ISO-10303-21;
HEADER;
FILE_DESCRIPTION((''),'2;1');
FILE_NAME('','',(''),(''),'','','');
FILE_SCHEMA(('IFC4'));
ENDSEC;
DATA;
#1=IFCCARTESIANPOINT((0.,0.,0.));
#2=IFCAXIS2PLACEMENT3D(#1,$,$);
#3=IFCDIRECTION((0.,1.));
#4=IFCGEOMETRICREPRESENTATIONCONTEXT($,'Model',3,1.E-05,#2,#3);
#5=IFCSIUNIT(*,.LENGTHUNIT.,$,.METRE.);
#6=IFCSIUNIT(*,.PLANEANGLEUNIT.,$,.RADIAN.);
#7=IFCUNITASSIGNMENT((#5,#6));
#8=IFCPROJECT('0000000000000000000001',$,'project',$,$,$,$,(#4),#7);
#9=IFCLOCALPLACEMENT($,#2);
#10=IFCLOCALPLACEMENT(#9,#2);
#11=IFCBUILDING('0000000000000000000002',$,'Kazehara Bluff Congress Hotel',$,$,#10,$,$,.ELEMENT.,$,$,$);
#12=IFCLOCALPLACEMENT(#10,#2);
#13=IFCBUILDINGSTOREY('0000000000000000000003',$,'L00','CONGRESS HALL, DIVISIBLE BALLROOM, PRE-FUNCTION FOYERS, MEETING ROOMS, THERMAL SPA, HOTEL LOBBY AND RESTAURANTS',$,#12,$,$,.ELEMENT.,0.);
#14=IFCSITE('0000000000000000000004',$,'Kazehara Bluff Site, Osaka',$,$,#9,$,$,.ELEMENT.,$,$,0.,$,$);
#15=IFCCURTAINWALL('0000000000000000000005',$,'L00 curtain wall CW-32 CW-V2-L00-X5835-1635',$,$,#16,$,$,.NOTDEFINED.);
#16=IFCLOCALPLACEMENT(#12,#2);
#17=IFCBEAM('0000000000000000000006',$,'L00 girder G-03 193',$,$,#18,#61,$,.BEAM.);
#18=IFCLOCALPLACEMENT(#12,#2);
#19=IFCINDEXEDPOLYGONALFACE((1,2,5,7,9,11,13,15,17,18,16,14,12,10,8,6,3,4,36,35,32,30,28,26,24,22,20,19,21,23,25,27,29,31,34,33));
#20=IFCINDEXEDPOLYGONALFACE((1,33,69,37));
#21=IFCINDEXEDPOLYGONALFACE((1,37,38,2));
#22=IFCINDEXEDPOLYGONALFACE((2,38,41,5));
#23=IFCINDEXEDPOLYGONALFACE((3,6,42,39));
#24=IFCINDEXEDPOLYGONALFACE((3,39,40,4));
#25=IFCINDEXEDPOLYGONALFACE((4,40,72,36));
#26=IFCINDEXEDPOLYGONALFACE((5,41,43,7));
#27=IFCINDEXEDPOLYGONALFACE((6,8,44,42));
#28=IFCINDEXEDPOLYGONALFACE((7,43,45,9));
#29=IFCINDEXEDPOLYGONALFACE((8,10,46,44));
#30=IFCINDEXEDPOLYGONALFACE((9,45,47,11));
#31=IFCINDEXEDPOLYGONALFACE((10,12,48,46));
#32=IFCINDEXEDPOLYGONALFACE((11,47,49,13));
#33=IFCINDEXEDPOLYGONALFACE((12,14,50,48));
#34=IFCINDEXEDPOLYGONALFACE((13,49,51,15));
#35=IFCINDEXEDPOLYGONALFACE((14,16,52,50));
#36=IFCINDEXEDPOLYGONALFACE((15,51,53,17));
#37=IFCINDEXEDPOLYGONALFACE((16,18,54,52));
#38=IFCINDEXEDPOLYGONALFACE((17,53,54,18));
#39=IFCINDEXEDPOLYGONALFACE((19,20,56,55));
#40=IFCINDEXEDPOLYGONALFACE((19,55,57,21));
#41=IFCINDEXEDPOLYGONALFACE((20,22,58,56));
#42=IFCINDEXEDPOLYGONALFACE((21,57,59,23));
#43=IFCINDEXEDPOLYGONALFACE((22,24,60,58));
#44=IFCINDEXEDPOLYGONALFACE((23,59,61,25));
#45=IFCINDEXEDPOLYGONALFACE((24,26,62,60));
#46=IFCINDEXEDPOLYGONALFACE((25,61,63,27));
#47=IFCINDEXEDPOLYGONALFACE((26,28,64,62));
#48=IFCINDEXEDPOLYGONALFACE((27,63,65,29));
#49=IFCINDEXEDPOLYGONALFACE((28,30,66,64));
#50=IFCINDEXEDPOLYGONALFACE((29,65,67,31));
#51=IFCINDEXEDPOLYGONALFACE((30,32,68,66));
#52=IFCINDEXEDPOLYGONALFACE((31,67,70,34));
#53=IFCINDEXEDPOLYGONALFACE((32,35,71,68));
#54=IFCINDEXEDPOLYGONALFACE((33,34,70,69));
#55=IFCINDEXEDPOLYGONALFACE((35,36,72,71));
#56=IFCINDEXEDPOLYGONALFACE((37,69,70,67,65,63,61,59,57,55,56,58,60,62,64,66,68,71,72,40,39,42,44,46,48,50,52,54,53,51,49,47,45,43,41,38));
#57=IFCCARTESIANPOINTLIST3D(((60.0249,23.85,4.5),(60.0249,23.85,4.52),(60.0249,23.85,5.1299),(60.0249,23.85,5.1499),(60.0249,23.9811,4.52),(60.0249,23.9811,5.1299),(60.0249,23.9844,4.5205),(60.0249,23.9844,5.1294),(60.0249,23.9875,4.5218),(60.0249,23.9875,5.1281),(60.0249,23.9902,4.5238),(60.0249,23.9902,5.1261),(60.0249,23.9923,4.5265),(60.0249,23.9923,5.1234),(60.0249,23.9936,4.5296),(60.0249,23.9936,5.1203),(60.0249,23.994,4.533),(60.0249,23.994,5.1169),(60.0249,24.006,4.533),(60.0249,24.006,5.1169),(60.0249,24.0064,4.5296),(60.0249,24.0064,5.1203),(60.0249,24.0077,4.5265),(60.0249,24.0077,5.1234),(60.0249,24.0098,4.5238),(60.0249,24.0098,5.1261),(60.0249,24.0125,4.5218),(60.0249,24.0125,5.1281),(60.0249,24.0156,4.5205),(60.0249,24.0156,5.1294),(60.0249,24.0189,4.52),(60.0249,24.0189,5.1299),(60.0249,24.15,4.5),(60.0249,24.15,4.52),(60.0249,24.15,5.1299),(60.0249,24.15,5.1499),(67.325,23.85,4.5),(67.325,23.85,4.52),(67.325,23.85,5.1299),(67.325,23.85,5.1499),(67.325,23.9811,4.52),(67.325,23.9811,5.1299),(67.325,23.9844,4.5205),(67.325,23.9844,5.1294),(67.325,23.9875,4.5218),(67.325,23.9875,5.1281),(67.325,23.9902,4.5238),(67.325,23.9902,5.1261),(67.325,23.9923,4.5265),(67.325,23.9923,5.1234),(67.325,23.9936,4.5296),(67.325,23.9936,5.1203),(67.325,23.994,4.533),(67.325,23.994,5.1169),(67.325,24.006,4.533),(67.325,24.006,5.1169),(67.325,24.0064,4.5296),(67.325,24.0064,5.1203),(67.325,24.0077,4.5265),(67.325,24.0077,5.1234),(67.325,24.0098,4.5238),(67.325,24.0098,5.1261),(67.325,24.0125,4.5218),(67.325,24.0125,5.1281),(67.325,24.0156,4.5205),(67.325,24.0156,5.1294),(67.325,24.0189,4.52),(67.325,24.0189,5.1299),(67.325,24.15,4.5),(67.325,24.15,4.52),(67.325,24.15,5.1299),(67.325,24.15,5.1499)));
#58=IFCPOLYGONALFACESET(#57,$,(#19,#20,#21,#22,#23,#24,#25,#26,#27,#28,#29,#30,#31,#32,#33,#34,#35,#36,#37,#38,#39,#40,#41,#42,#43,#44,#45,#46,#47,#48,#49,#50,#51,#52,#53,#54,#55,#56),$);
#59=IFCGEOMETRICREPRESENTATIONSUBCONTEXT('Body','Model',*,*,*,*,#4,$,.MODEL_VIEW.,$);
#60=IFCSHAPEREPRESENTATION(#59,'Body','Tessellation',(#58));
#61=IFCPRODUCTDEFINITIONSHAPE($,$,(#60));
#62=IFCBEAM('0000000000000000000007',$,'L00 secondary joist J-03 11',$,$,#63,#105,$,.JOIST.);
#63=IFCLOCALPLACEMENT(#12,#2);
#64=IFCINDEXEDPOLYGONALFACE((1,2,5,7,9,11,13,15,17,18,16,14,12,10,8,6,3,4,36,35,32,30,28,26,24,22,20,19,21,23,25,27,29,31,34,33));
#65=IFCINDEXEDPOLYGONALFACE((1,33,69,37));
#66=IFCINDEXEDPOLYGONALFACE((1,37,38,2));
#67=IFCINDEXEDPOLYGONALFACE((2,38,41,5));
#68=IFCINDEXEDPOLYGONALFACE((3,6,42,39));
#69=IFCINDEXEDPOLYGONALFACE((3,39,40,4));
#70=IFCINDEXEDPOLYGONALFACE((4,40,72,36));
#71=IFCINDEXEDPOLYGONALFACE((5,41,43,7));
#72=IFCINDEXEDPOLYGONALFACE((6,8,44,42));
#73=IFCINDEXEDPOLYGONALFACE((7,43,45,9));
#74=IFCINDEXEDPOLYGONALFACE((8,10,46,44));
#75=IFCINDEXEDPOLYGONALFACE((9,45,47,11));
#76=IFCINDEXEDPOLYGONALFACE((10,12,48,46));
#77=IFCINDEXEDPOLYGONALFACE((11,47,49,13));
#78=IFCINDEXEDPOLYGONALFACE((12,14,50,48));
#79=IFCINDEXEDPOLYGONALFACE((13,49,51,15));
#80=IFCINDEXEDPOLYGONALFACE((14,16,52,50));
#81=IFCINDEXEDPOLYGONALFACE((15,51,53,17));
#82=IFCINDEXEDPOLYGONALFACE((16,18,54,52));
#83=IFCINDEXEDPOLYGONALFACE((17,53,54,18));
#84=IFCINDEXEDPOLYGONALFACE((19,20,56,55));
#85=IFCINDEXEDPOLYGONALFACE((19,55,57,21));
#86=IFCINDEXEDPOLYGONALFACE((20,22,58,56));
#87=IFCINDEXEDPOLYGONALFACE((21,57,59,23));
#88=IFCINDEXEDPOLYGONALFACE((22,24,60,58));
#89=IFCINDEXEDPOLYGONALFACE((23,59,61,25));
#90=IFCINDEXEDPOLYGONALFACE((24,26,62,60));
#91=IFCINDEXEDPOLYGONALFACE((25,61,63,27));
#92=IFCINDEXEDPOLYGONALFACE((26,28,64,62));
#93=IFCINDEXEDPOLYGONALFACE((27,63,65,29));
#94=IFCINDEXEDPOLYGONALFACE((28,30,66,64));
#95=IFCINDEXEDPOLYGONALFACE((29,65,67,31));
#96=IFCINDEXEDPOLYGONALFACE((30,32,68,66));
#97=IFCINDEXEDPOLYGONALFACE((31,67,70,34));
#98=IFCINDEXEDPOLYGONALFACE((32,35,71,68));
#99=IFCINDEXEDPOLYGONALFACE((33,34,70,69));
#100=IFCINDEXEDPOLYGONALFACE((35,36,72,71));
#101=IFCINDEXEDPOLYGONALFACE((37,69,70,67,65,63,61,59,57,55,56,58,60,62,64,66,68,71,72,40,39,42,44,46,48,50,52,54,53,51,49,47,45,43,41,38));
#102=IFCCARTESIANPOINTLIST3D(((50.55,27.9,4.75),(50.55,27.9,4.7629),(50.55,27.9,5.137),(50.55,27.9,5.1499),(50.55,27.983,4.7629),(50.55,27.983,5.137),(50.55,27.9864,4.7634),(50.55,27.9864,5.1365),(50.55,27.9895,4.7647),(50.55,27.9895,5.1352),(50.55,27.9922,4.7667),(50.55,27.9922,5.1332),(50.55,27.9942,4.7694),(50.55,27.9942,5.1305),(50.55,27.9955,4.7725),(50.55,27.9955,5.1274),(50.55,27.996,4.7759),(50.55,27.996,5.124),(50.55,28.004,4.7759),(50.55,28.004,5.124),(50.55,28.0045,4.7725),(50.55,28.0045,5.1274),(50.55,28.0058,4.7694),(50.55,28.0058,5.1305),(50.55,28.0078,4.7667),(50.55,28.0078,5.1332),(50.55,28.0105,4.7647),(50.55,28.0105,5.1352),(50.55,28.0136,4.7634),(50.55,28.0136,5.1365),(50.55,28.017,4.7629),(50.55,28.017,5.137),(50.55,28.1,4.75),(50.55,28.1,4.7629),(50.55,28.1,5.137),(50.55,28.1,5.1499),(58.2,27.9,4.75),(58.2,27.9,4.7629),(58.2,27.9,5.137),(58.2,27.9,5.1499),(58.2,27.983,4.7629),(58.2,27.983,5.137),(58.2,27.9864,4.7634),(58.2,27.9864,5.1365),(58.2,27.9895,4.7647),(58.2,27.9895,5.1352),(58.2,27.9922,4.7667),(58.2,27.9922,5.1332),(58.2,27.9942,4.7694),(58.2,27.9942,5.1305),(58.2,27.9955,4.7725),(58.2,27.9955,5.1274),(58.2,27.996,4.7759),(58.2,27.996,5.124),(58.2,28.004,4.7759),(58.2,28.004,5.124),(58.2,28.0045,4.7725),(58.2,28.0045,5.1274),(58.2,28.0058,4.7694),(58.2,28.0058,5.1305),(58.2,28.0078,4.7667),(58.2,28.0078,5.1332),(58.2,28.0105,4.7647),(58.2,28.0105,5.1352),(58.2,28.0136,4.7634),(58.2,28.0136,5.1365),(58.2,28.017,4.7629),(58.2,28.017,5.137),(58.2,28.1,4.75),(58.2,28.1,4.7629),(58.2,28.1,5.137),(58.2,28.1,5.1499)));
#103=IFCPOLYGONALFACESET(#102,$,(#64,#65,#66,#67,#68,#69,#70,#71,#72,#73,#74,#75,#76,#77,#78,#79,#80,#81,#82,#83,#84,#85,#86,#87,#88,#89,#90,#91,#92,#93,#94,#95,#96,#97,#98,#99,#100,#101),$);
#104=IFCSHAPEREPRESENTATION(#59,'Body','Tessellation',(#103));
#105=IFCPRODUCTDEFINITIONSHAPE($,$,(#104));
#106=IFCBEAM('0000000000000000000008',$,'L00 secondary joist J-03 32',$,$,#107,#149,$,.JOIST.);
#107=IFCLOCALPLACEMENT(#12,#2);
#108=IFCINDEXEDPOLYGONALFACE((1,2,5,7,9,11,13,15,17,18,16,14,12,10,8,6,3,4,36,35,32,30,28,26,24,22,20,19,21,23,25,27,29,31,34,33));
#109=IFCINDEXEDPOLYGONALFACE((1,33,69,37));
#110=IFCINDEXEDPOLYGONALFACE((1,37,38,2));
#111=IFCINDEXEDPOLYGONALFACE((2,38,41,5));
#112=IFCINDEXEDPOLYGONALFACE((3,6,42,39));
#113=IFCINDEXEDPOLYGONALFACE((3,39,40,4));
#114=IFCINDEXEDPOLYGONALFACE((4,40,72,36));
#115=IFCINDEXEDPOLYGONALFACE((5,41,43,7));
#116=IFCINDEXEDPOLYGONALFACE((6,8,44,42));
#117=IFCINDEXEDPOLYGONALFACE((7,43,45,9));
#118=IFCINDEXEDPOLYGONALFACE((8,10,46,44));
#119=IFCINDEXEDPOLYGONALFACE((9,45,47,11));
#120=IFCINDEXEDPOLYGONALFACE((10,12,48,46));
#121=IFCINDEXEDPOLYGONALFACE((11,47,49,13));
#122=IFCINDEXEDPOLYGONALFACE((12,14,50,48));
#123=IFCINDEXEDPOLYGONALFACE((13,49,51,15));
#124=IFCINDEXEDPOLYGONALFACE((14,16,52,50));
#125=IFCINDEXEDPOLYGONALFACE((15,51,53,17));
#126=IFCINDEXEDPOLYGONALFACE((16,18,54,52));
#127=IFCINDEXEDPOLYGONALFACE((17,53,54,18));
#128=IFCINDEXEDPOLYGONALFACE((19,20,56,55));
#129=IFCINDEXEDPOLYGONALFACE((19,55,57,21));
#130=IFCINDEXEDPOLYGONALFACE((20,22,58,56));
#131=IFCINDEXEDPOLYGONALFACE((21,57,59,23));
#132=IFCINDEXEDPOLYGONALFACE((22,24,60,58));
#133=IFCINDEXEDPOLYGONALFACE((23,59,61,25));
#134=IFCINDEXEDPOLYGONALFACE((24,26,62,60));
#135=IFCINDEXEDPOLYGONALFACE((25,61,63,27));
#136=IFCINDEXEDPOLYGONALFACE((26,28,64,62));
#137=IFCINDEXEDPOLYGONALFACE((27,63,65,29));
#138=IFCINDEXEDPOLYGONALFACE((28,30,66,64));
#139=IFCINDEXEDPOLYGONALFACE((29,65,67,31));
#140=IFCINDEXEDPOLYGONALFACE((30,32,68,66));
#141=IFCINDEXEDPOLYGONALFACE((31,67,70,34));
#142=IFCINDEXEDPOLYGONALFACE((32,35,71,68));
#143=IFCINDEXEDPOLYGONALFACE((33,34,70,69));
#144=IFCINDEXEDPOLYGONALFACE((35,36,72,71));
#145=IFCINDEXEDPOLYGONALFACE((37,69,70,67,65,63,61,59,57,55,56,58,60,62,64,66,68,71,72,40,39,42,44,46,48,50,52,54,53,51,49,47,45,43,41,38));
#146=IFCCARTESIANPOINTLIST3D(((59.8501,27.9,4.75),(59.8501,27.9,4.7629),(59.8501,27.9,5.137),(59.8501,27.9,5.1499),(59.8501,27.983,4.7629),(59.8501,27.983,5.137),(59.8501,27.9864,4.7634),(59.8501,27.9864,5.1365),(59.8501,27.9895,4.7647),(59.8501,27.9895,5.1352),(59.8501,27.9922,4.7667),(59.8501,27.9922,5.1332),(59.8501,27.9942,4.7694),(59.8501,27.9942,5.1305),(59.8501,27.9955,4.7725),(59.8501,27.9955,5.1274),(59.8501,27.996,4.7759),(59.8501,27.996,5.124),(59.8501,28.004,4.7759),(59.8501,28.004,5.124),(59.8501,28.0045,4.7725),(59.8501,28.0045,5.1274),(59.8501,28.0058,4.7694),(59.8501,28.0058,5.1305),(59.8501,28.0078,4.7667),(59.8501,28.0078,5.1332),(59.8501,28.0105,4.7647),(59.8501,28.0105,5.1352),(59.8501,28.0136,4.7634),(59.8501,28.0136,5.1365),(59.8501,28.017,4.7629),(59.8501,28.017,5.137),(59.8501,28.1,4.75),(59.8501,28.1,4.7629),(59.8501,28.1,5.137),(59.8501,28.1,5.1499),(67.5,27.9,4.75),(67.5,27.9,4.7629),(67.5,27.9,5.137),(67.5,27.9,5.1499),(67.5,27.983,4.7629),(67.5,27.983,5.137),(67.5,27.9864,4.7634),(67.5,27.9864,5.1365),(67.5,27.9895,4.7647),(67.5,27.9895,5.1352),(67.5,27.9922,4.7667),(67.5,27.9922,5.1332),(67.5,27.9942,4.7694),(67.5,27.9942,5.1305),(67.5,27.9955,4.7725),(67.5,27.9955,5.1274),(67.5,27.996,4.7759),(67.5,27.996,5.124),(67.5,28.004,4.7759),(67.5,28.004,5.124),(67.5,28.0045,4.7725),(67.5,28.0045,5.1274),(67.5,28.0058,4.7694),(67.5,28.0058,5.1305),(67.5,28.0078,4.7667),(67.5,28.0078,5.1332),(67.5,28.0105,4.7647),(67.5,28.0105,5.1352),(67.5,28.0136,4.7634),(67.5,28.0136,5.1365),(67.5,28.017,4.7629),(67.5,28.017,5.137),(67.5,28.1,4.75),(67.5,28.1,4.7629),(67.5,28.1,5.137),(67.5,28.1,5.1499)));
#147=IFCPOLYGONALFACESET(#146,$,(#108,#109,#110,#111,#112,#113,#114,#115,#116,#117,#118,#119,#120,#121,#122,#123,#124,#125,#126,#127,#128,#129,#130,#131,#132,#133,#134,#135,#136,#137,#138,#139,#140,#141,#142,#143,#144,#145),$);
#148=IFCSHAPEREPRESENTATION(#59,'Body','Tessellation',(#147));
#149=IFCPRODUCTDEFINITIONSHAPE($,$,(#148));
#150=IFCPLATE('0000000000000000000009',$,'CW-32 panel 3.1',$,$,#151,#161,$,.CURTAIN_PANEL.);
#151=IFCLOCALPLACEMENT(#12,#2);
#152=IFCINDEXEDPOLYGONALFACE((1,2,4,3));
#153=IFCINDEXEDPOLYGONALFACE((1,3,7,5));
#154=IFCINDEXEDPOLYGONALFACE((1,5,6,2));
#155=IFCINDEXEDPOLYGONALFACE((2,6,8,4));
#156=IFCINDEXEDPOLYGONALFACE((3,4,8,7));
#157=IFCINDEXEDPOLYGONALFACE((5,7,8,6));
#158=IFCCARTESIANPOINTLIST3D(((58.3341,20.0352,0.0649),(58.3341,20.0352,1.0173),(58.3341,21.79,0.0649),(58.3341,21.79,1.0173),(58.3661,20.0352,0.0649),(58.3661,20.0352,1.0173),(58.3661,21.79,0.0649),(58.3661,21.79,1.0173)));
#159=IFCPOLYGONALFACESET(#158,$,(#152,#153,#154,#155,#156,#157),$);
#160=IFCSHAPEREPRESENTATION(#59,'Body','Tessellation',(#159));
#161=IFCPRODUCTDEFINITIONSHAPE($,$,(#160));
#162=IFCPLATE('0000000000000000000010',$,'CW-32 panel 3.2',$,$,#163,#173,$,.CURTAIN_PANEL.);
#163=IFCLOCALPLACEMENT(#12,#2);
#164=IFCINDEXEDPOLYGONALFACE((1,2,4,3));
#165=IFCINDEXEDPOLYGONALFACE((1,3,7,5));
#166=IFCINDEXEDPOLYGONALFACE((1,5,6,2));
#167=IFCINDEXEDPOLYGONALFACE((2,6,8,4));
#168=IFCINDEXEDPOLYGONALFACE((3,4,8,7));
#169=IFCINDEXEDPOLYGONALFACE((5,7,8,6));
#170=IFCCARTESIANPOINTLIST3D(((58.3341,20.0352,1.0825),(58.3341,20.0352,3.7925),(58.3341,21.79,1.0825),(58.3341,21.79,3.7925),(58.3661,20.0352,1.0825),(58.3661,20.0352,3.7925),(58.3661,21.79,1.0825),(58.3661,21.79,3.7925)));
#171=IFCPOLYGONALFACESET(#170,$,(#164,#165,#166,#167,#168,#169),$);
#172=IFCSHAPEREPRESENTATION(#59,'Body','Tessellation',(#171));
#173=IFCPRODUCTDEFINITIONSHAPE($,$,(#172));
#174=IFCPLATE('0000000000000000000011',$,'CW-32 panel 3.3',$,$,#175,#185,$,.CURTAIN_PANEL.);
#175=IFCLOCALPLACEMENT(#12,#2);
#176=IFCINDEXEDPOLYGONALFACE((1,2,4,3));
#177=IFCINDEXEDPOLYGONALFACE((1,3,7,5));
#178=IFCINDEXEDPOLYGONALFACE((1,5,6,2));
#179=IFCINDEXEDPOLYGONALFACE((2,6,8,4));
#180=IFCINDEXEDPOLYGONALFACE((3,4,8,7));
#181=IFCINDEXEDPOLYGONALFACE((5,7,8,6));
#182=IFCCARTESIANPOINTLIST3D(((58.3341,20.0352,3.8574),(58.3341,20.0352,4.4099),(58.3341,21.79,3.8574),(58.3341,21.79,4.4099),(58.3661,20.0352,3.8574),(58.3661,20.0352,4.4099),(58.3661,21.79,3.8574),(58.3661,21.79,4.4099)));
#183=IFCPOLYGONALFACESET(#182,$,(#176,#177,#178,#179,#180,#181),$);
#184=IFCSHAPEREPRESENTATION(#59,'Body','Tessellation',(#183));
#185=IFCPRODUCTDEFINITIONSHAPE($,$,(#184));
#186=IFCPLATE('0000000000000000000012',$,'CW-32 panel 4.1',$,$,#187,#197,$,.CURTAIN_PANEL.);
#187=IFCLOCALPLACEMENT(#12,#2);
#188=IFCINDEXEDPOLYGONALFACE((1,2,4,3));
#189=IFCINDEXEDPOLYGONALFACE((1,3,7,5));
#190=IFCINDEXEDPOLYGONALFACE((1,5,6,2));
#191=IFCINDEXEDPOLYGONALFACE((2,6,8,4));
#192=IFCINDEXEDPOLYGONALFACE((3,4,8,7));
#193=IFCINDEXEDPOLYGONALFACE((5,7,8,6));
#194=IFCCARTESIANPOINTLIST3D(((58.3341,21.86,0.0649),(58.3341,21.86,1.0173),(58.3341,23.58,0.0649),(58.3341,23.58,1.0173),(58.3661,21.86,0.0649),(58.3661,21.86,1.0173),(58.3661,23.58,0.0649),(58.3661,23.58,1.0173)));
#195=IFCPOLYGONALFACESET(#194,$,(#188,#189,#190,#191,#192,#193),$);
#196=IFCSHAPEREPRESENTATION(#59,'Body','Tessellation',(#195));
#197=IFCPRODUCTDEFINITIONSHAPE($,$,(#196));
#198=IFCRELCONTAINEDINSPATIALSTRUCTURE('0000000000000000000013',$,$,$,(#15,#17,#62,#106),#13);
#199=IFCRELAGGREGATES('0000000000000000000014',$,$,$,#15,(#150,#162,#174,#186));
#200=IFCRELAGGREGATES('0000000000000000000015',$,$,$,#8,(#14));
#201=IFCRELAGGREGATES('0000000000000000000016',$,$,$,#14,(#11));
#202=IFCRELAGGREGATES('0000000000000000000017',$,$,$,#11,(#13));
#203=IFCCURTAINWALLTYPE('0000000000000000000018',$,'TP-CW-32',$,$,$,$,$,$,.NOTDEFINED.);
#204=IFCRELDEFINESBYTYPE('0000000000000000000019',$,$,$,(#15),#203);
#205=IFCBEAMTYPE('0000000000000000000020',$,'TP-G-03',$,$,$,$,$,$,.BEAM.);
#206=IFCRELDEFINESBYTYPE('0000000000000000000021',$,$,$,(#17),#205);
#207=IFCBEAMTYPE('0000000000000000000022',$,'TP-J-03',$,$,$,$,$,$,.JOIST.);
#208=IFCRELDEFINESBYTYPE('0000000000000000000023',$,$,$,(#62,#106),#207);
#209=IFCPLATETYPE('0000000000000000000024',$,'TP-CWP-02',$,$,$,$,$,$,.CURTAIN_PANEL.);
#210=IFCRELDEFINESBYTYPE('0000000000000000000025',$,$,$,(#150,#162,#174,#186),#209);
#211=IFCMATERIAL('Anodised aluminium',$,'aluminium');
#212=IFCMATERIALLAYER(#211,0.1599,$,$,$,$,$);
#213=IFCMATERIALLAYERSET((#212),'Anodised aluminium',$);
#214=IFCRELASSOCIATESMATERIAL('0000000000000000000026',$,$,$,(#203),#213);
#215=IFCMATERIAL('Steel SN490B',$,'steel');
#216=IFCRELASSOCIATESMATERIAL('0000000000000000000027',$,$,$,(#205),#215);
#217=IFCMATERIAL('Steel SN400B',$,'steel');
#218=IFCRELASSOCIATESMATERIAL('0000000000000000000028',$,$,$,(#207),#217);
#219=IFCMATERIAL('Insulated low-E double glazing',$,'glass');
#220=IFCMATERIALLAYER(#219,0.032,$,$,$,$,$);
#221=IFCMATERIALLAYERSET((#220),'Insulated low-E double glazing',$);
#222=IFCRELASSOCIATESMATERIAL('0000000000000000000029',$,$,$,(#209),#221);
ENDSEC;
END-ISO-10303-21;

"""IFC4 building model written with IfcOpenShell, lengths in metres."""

from ifc_helpers import new_model, si_unit, direction, frame, origin, origin_2d, place, context, subcontext, project, spatial, rectangle, i_section, extrude, material, layer, layer_set, material_profile, profile_set, type_object, element, aggregate, save


model = new_model("IFC4")

# Units and contexts
model_context = context("Model", 3, precision=1e-05, world=origin(), true_north=direction((0.0, 1.0)))
body_context = subcontext(model_context, "Body", "Model", "MODEL_VIEW")
ifc_project = project(units=[si_unit("LENGTHUNIT", "METRE"), si_unit("PLANEANGLEUNIT", "RADIAN")], contexts=[model_context])

# Site, building, storey
site_placement = place(None, origin())
site = spatial("IfcSite", under=ifc_project, at=site_placement, Name="Kazehara Bluff Site, Osaka", CompositionType="ELEMENT", RefElevation=0.0)
building_placement = place(site_placement, origin())
building = spatial("IfcBuilding", under=site, at=building_placement, Name="Kazehara Bluff Congress Hotel", CompositionType="ELEMENT")
storey_placement = place(building_placement, origin())
storey = spatial("IfcBuildingStorey", under=building, at=storey_placement, Name="L00", Description="CONGRESS HALL, DIVISIBLE BALLROOM, PRE-FUNCTION FOYERS, MEETING ROOMS, THERMAL SPA, HOTEL LOBBY AND RESTAURANTS", CompositionType="ELEMENT", Elevation=0.0)

# Curtain wall
ifc_material_1 = material(Name="Anodised aluminium", Category="aluminium")
ifc_layer_1 = layer(ifc_material_1, 0.1599)
ifc_layer_set_1 = layer_set([ifc_layer_1], Name="Anodised aluminium")
curtain_wall_type = type_object("IfcCurtainWallType", Name="TP-CW-32", PredefinedType="NOTDEFINED", material=ifc_layer_set_1)
curtain_wall_placement = place(storey_placement, origin())
curtain_wall = element("IfcCurtainWall", 1, at=curtain_wall_placement, inside=storey, type_object=curtain_wall_type, Name="L00 curtain wall CW-32 CW-V2-L00-X5835-1635", PredefinedType="NOTDEFINED")

# Beams
ifc_material_2 = material(Name="Steel SN490B", Category="steel")
ifc_material_profile_1 = material_profile(ifc_material_2, i_section(OverallWidth=0.3, OverallDepth=0.6499, WebThickness=0.012, FlangeThickness=0.02, FilletRadius=0.0129, at=origin_2d()))
ifc_profile_set_1 = profile_set([ifc_material_profile_1], Name="Steel SN490B")
beam_type_1 = type_object("IfcBeamType", Name="TP-G-03", PredefinedType="BEAM", material=ifc_profile_set_1)
beam_1_placement = place(storey_placement, frame((60.0249, 24.0, 4.825), z_axis=(1.0, 0.0, 0.0), x_axis=(0.0, 1.0, 0.0)))
element("IfcBeam", 2, at=beam_1_placement, inside=storey, type_object=beam_type_1, Name="L00 girder G-03 193", PredefinedType="BEAM", context=body_context, shape_type="SweptSolid", body=[
    extrude(i_section(OverallWidth=0.3, OverallDepth=0.6499, WebThickness=0.012, FlangeThickness=0.02, FilletRadius=0.0129, at=origin_2d()), origin(), (0.0, 0.0, 1.0), 7.3),
])
ifc_material_3 = material(Name="Steel SN400B", Category="steel")
ifc_material_profile_2 = material_profile(ifc_material_3, i_section(OverallWidth=0.2, OverallDepth=0.3999, WebThickness=0.0081, FlangeThickness=0.0129, FilletRadius=0.0129, at=origin_2d()))
ifc_profile_set_2 = profile_set([ifc_material_profile_2], Name="Steel SN400B")
beam_type_2 = type_object("IfcBeamType", Name="TP-J-03", PredefinedType="JOIST", material=ifc_profile_set_2)
for number, where, z_axis, x_axis, name in (
    (3, (50.55, 28.0, 4.95), (1.0, 0.0, 0.0), (0.0, 1.0, 0.0), "L00 secondary joist J-03 11"),
    (4, (59.8501, 28.0, 4.95), (1.0, 0.0, 0.0), (0.0, 1.0, 0.0), "L00 secondary joist J-03 32"),
):
    element("IfcBeam", number, at=place(storey_placement, frame(where, z_axis=z_axis, x_axis=x_axis)), inside=storey, type_object=beam_type_2, Name=name, PredefinedType="JOIST", context=body_context, shape_type="SweptSolid", body=[
        extrude(i_section(OverallWidth=0.2, OverallDepth=0.3999, WebThickness=0.0081, FlangeThickness=0.0129, FilletRadius=0.0129, at=origin_2d()), origin(), (0.0, 0.0, 1.0), 7.6499),
    ])

# Plates
ifc_material_4 = material(Name="Insulated low-E double glazing", Category="glass")
ifc_layer_2 = layer(ifc_material_4, 0.032)
ifc_layer_set_2 = layer_set([ifc_layer_2], Name="Insulated low-E double glazing")
plate_type = type_object("IfcPlateType", Name="TP-CWP-02", PredefinedType="CURTAIN_PANEL", material=ifc_layer_set_2)
plate_1_placement = place(storey_placement, frame((58.3501, 20.9126, 0.0649), z_axis=(0.0, 0.0, 1.0), x_axis=(0.0, 1.0, 0.0)))
plate_1 = element("IfcPlate", 5, at=plate_1_placement, type_object=plate_type, Name="CW-32 panel 3.1", PredefinedType="CURTAIN_PANEL", context=body_context, shape_type="SweptSolid", body=[
    extrude(rectangle(XDim=1.7549, YDim=0.032, at=origin_2d()), origin(), (0.0, 0.0, 1.0), 0.9524),
])
plate_2_placement = place(storey_placement, frame((58.3501, 20.9126, 1.0825), z_axis=(0.0, 0.0, 1.0), x_axis=(0.0, 1.0, 0.0)))
plate_2 = element("IfcPlate", 6, at=plate_2_placement, type_object=plate_type, Name="CW-32 panel 3.2", PredefinedType="CURTAIN_PANEL", context=body_context, shape_type="SweptSolid", body=[
    extrude(rectangle(XDim=1.7549, YDim=0.032, at=origin_2d()), origin(), (0.0, 0.0, 1.0), 2.71),
])
plate_3_placement = place(storey_placement, frame((58.3501, 20.9126, 3.8574), z_axis=(0.0, 0.0, 1.0), x_axis=(0.0, 1.0, 0.0)))
plate_3 = element("IfcPlate", 7, at=plate_3_placement, type_object=plate_type, Name="CW-32 panel 3.3", PredefinedType="CURTAIN_PANEL", context=body_context, shape_type="SweptSolid", body=[
    extrude(rectangle(XDim=1.7549, YDim=0.032, at=origin_2d()), origin(), (0.0, 0.0, 1.0), 0.5525),
])
plate_4_placement = place(storey_placement, frame((58.3501, 22.72, 0.0649), z_axis=(0.0, 0.0, 1.0), x_axis=(0.0, 1.0, 0.0)))
plate_4 = element("IfcPlate", 8, at=plate_4_placement, type_object=plate_type, Name="CW-32 panel 4.1", PredefinedType="CURTAIN_PANEL", context=body_context, shape_type="SweptSolid", body=[
    extrude(rectangle(XDim=1.72, YDim=0.032, at=origin_2d()), origin(), (0.0, 0.0, 1.0), 0.9524),
])
aggregate(curtain_wall, [plate_1, plate_2, plate_3, plate_4])

save(model, "model.ifc")
